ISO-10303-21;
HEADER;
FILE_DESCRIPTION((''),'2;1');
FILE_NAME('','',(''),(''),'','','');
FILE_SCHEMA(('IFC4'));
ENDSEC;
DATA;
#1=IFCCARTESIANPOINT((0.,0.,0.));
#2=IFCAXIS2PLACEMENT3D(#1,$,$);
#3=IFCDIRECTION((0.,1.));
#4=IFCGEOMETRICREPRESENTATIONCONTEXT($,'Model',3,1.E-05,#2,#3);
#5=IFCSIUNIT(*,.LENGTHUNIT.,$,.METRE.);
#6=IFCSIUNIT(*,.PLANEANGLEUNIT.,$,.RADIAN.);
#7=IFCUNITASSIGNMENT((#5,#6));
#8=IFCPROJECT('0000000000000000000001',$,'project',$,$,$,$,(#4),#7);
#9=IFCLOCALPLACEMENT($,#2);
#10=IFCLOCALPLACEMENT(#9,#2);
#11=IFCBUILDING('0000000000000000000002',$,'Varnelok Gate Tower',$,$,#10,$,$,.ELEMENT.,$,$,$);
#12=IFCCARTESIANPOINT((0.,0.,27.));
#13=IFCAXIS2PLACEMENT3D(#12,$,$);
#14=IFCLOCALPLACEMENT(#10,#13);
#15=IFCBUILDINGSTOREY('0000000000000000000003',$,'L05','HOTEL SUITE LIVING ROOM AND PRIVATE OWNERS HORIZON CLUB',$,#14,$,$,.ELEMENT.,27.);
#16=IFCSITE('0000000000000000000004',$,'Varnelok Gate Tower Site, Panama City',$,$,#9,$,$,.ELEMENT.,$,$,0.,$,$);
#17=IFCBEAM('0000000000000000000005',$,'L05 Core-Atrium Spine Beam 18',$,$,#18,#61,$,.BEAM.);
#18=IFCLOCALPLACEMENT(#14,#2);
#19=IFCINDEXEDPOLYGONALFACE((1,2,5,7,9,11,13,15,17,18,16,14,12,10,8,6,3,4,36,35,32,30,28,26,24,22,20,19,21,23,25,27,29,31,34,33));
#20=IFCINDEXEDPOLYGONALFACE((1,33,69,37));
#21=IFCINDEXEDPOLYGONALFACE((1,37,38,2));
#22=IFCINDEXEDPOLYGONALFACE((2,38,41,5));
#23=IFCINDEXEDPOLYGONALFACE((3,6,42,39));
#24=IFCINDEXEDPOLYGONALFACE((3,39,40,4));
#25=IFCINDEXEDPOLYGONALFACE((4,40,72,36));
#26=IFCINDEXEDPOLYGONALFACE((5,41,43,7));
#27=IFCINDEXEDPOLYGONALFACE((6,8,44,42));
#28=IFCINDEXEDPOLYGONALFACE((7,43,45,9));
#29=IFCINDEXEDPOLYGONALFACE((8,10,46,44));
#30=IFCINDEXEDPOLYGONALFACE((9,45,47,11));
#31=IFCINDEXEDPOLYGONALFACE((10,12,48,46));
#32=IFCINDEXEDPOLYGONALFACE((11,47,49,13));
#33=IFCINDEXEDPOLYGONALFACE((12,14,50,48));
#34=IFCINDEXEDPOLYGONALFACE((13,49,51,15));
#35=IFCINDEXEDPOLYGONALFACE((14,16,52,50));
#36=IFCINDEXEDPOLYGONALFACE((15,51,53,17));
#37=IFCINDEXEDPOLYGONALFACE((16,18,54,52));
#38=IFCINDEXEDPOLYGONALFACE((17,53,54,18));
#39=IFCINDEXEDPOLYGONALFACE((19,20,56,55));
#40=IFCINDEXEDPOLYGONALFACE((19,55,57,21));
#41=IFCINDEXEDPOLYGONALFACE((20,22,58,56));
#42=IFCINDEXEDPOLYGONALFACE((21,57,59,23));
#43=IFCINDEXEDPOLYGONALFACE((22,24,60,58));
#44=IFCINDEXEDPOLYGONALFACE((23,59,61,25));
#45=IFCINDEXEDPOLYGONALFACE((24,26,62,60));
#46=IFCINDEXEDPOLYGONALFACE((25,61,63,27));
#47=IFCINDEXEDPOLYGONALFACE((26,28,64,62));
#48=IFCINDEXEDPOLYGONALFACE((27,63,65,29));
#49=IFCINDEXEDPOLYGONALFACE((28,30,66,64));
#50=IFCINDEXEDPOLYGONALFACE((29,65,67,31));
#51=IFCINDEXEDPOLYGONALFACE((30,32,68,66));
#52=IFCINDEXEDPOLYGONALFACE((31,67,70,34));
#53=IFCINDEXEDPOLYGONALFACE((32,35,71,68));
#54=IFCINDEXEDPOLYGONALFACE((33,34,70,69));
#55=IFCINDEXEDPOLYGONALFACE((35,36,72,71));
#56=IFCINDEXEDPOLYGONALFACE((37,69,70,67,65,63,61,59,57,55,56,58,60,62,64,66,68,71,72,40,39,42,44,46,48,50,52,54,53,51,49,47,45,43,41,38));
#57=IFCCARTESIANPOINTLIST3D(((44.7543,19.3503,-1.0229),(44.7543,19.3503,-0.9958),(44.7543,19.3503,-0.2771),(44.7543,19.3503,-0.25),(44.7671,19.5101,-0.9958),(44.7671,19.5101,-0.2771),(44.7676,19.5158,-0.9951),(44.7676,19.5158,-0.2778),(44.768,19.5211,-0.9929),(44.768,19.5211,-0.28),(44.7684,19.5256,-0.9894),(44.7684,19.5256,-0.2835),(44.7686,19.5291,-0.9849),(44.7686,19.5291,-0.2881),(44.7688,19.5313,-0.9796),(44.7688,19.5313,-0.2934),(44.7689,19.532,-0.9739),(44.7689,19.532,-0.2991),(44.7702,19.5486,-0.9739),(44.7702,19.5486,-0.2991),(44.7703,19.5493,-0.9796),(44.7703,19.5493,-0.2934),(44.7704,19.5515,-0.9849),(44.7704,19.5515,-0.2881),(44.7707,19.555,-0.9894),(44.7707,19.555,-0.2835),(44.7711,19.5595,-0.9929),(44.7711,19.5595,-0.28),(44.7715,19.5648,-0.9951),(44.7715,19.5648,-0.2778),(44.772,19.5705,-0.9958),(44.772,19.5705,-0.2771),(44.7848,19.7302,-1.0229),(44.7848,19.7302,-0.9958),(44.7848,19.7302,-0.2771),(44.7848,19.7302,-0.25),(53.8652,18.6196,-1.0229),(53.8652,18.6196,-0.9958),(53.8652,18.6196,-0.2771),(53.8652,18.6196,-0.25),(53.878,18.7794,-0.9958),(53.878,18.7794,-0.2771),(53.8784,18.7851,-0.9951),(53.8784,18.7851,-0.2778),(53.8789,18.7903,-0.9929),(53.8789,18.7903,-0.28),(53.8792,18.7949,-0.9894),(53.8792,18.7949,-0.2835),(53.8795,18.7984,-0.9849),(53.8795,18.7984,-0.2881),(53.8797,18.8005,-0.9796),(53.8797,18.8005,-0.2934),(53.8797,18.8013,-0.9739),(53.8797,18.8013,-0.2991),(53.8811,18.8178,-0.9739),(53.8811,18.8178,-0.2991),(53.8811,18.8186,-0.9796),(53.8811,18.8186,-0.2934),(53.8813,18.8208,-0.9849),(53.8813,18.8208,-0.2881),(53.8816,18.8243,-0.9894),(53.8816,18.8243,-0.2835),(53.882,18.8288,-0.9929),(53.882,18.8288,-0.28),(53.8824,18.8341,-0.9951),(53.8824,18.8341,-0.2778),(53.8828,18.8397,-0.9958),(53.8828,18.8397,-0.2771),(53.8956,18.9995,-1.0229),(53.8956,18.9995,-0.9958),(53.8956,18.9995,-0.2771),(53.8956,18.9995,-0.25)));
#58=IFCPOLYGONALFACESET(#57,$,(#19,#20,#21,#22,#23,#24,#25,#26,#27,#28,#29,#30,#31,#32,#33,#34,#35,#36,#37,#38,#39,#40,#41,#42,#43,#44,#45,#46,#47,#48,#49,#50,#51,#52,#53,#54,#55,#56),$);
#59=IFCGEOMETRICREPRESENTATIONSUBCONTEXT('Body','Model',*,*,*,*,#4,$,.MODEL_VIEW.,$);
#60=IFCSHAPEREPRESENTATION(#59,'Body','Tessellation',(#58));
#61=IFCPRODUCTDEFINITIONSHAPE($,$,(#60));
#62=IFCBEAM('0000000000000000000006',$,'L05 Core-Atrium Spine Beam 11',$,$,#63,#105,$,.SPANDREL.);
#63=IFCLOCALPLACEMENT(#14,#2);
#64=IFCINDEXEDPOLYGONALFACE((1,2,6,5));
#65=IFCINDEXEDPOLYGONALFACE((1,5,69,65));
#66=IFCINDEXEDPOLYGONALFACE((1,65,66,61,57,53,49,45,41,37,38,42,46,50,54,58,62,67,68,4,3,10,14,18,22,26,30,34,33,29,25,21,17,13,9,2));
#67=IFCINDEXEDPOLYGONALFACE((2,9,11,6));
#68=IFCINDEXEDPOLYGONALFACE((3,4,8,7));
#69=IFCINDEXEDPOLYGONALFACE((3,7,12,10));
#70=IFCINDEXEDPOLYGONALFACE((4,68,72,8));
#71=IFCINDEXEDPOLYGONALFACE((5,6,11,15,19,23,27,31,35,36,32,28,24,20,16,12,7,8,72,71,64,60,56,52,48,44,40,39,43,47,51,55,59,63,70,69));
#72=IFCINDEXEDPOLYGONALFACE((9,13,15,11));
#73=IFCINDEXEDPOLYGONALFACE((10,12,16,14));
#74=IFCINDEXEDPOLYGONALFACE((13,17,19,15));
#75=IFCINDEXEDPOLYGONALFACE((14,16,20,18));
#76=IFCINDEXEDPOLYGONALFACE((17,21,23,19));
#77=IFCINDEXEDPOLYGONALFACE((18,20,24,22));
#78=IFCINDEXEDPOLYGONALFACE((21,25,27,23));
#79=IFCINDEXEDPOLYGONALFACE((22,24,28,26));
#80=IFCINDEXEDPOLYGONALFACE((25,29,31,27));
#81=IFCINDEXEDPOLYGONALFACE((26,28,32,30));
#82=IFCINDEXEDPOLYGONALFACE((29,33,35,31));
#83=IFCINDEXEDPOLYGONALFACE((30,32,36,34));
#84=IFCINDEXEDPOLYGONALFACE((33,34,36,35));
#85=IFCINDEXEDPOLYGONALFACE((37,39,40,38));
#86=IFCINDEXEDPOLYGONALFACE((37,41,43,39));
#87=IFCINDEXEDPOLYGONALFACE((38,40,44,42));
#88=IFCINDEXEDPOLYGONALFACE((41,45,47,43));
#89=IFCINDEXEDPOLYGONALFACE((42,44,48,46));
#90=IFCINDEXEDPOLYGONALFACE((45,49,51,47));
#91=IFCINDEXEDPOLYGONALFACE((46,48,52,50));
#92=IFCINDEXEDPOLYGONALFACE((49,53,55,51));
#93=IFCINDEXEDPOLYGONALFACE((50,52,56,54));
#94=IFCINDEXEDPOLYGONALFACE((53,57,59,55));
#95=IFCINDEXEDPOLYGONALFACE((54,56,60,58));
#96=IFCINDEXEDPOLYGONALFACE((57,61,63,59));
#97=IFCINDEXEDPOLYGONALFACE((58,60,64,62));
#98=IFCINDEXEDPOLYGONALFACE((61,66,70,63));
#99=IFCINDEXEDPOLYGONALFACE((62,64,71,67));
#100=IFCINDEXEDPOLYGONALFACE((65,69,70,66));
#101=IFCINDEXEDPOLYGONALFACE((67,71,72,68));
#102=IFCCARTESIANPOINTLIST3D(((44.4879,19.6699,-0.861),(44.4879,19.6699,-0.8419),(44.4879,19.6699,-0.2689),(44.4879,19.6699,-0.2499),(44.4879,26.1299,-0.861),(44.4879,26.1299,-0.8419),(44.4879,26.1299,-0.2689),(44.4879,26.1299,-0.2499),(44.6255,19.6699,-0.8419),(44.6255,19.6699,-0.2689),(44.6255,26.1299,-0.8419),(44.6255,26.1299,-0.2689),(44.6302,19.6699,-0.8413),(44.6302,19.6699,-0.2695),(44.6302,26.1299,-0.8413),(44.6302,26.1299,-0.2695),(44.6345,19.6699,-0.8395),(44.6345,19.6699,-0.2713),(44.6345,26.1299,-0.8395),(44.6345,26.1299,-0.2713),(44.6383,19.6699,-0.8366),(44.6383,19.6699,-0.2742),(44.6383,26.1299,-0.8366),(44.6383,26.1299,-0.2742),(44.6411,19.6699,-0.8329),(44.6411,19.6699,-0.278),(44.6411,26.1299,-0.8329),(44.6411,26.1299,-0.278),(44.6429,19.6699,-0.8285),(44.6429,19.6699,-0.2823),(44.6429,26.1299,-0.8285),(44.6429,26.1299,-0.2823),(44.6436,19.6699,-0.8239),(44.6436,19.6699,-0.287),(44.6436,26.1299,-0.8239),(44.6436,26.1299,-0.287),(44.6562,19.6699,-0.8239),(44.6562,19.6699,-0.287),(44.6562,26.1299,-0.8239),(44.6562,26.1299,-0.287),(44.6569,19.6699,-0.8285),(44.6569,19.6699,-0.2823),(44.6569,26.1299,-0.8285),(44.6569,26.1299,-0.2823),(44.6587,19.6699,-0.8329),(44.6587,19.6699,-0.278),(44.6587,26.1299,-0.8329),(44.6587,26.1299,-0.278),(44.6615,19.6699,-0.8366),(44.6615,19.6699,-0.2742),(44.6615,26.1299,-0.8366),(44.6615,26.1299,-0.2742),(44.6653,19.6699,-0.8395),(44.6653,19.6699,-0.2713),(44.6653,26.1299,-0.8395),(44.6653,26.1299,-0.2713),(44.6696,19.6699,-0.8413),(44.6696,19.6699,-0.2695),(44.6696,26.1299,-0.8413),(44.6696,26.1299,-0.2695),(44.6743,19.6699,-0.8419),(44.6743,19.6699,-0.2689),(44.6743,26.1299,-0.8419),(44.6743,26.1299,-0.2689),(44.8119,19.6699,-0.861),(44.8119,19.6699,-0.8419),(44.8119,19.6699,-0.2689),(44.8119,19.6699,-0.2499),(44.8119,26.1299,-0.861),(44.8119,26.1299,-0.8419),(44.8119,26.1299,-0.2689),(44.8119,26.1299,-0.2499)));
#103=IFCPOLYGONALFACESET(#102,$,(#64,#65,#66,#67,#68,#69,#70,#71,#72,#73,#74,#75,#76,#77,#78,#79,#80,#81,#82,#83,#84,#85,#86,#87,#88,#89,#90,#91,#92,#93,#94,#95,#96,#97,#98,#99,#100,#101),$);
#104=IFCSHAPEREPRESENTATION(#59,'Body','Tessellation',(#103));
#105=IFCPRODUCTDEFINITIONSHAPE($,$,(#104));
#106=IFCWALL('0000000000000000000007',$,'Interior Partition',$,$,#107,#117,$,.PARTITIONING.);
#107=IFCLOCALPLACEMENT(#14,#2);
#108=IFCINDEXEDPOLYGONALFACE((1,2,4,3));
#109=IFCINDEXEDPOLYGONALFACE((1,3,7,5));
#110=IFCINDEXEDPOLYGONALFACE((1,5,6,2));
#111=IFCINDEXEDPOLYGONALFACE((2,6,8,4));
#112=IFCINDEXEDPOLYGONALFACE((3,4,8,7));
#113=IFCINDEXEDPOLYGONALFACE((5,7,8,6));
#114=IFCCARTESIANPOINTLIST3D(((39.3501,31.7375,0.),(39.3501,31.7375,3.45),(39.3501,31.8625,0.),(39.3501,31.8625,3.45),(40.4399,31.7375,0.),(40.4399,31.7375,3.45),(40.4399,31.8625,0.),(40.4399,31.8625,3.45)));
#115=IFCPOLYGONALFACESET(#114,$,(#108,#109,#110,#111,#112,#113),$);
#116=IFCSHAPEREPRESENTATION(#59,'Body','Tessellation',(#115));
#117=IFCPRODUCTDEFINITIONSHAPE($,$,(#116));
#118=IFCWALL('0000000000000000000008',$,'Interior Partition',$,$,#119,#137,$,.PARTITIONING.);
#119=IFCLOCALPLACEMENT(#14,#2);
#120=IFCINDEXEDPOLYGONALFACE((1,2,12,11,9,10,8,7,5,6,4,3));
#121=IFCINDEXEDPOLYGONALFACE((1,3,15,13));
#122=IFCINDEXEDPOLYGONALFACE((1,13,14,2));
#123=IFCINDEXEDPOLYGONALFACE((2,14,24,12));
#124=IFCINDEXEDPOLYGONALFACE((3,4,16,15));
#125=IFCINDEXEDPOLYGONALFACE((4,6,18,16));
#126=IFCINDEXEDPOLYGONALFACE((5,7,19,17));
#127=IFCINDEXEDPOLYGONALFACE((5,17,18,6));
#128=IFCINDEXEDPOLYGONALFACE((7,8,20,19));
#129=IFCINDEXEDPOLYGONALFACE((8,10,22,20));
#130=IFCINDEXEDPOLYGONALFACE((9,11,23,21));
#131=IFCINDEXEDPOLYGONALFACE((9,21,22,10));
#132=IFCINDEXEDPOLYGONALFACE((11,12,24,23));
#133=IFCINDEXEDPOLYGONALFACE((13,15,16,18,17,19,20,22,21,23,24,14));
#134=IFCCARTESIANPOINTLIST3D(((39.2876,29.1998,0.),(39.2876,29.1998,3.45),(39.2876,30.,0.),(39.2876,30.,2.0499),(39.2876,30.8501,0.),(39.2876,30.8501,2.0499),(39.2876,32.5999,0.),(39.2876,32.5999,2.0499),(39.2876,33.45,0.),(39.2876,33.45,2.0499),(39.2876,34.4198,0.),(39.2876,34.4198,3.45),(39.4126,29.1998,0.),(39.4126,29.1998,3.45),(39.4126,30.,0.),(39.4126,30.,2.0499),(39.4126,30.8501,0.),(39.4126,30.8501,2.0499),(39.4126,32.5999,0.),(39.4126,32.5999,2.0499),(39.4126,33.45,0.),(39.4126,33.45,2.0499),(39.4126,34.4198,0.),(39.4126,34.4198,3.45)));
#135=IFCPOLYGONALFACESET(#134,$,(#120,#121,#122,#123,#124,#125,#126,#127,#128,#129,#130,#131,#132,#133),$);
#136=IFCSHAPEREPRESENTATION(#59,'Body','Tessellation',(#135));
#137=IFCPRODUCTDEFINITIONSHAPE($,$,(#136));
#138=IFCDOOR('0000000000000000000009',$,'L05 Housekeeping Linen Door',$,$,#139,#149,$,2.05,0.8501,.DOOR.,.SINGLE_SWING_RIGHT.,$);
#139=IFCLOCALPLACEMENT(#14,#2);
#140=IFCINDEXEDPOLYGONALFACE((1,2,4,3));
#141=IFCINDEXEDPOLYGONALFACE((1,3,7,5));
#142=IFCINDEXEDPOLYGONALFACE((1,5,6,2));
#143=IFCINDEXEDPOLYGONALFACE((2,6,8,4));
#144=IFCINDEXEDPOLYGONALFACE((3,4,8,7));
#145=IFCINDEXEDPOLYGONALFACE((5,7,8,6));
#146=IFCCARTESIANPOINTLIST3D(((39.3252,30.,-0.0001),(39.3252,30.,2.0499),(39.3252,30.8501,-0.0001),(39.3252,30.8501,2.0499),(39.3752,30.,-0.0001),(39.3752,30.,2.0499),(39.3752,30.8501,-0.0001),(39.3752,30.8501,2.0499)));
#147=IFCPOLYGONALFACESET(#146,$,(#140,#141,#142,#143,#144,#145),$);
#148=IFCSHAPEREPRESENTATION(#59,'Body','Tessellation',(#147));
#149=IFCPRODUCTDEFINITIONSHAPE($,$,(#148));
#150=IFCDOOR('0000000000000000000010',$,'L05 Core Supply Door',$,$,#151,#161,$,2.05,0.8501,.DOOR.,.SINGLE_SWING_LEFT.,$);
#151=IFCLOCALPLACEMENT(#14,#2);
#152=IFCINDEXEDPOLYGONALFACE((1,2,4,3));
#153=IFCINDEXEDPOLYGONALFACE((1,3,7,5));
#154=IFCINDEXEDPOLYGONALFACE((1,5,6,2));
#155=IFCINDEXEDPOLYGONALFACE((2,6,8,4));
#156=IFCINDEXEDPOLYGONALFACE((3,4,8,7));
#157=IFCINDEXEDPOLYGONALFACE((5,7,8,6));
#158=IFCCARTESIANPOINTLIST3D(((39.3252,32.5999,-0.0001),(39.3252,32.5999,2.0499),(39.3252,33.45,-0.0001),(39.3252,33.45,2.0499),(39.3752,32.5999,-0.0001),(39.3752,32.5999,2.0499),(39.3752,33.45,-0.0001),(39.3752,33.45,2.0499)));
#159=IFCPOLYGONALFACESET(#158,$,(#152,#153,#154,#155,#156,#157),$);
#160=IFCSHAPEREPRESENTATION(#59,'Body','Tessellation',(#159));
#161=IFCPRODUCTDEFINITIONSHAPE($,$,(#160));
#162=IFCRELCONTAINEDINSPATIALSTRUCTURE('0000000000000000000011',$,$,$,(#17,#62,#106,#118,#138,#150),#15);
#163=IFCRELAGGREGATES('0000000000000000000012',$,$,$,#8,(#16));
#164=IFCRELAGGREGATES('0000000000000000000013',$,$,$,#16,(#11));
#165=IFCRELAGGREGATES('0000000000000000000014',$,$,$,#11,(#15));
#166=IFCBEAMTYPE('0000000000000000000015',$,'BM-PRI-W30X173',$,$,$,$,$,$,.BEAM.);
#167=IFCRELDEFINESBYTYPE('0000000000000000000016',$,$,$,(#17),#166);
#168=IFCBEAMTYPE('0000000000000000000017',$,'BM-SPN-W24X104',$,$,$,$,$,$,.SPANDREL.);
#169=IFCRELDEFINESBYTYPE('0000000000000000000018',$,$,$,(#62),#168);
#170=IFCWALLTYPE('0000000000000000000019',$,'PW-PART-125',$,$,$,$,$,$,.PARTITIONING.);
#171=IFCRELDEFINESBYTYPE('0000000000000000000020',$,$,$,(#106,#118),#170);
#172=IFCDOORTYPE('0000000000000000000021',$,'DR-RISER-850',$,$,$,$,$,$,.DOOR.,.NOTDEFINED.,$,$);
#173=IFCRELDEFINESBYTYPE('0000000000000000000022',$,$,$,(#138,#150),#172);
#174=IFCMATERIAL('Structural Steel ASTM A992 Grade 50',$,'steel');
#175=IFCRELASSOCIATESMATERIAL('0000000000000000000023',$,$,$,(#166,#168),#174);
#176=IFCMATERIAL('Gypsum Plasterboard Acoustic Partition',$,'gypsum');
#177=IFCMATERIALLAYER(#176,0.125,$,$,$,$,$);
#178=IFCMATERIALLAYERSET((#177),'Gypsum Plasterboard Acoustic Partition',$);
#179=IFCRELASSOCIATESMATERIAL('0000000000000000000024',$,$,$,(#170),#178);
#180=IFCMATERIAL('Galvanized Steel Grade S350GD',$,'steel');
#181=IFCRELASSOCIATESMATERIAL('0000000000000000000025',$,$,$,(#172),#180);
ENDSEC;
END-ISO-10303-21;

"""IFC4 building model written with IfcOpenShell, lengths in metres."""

from ifc_helpers import new_model, si_unit, direction, frame, frame_2d, origin, origin_2d, place, context, subcontext, project, spatial, rectangle, i_section, extrude, material, layer, layer_set, material_profile, profile_set, type_object, element, fill, save


model = new_model("IFC4")

# Units and contexts
model_context = context("Model", 3, precision=1e-05, world=origin(), true_north=direction((0.0, 1.0)))
body_context = subcontext(model_context, "Body", "Model", "MODEL_VIEW")
ifc_project = project(units=[si_unit("LENGTHUNIT", "METRE"), si_unit("PLANEANGLEUNIT", "RADIAN")], contexts=[model_context])

# Site, building, storey
site_placement = place(None, origin())
site = spatial("IfcSite", under=ifc_project, at=site_placement, Name="Varnelok Gate Tower Site, Panama City", CompositionType="ELEMENT", RefElevation=0.0)
building_placement = place(site_placement, origin())
building = spatial("IfcBuilding", under=site, at=building_placement, Name="Varnelok Gate Tower", CompositionType="ELEMENT")
storey_placement = place(building_placement, frame((0.0, 0.0, 27.0)))
storey = spatial("IfcBuildingStorey", under=building, at=storey_placement, Name="L05", Description="HOTEL SUITE LIVING ROOM AND PRIVATE OWNERS HORIZON CLUB", CompositionType="ELEMENT", Elevation=27.0)

# Shared definitions
ifc_material_1 = material(Name="Structural Steel ASTM A992 Grade 50", Category="steel")

# Beams
ifc_material_profile_1 = material_profile(ifc_material_1, i_section(OverallWidth=0.3811, OverallDepth=0.7729, WebThickness=0.0166, FlangeThickness=0.0271, FilletRadius=0.022, at=origin_2d()), Name="W30X173")
ifc_profile_set_1 = profile_set([ifc_material_profile_1], Name="Structural Steel ASTM A992 Grade 50")
beam_type_1 = type_object("IfcBeamType", Name="BM-PRI-W30X173", PredefinedType="BEAM", material=ifc_profile_set_1)
beam_1_placement = place(storey_placement, frame((44.7695, 19.5403, -0.6365), z_axis=(0.996799, -0.079946, 0.0), x_axis=(0.079946, 0.996799, 0.0)))
element("IfcBeam", 1, at=beam_1_placement, inside=storey, type_object=beam_type_1, Name="L05 Core-Atrium Spine Beam 18", PredefinedType="BEAM", context=body_context, shape_type="SweptSolid", body=[
    extrude(i_section(OverallWidth=0.3811, OverallDepth=0.7729, WebThickness=0.0166, FlangeThickness=0.0271, FilletRadius=0.022, at=origin_2d()), origin(), (0.0, 0.0, 1.0), 9.1401),
])
ifc_material_profile_2 = material_profile(ifc_material_1, i_section(OverallWidth=0.324, OverallDepth=0.6111, WebThickness=0.0127, FlangeThickness=0.019, FilletRadius=0.0181, at=origin_2d()), Name="W24X104")
ifc_profile_set_2 = profile_set([ifc_material_profile_2], Name="Structural Steel ASTM A992 Grade 50")
beam_type_2 = type_object("IfcBeamType", Name="BM-SPN-W24X104", PredefinedType="SPANDREL", material=ifc_profile_set_2)
beam_2_placement = place(storey_placement, frame((44.6499, 19.6699, -0.5554), z_axis=(0.0, 1.0, 0.0), x_axis=(-1.0, 0.0, 0.0)))
element("IfcBeam", 2, at=beam_2_placement, inside=storey, type_object=beam_type_2, Name="L05 Core-Atrium Spine Beam 11", PredefinedType="SPANDREL", context=body_context, shape_type="SweptSolid", body=[
    extrude(i_section(OverallWidth=0.324, OverallDepth=0.6111, WebThickness=0.0127, FlangeThickness=0.019, FilletRadius=0.0181, at=origin_2d()), origin(), (0.0, 0.0, 1.0), 6.46),
])

# Wall
ifc_material_2 = material(Name="Gypsum Plasterboard Acoustic Partition", Category="gypsum")
ifc_layer_1 = layer(ifc_material_2, 0.125)
ifc_layer_set_1 = layer_set([ifc_layer_1], Name="Gypsum Plasterboard Acoustic Partition")
wall_type_1 = type_object("IfcWallType", Name="PW-PART-125", PredefinedType="PARTITIONING", material=ifc_layer_set_1)
wall_1_placement = place(storey_placement, frame((39.3501, 31.8, 0.0), z_axis=(0.0, 0.0, 1.0), x_axis=(1.0, 0.0, 0.0)))
element("IfcWall", 3, at=wall_1_placement, inside=storey, type_object=wall_type_1, Name="Interior Partition", PredefinedType="PARTITIONING", context=body_context, shape_type="SweptSolid", body=[
    extrude(rectangle(XDim=1.0898, YDim=0.125, at=frame_2d((0.5449, 0.0))), origin(), (0.0, 0.0, 1.0), 3.45),
])

# Wall, openings, doors
wall_2_placement = place(storey_placement, frame((39.3501, 29.2, 0.0), z_axis=(0.0, 0.0, 1.0), x_axis=(0.0, 1.0, 0.0)))
wall_2 = element("IfcWall", 4, at=wall_2_placement, inside=storey, type_object=wall_type_1, Name="Interior Partition", PredefinedType="PARTITIONING", context=body_context, shape_type="SweptSolid", body=[
    extrude(rectangle(XDim=5.22, YDim=0.125, at=frame_2d((2.6099, 0.0))), origin(), (0.0, 0.0, 1.0), 3.45),
])
opening_1_placement = place(wall_2_placement, frame((0.8, 0.0, 0.0)))
opening_1 = element("IfcOpeningElement", 5, at=opening_1_placement, cuts=wall_2, PredefinedType="OPENING", context=body_context, shape_type="SweptSolid", body=[
    extrude(rectangle(XDim=0.8501, YDim=2.05, at=frame_2d((0.425, 1.0249))), frame((0.0, 0.0725, 0.0), z_axis=(0.0, -1.0, 0.0), x_axis=(1.0, 0.0, 0.0)), (0.0, 0.0, 1.0), 0.145),
])
opening_2_placement = place(wall_2_placement, frame((3.3999, 0.0, 0.0)))
opening_2 = element("IfcOpeningElement", 6, at=opening_2_placement, cuts=wall_2, PredefinedType="OPENING", context=body_context, shape_type="SweptSolid", body=[
    extrude(rectangle(XDim=0.8501, YDim=2.05, at=frame_2d((0.425, 1.0249))), frame((0.0, 0.0725, 0.0), z_axis=(0.0, -1.0, 0.0), x_axis=(1.0, 0.0, 0.0)), (0.0, 0.0, 1.0), 0.145),
])
ifc_material_3 = material(Name="Galvanized Steel Grade S350GD", Category="steel")
door_type_1 = type_object("IfcDoorType", Name="DR-RISER-850", OperationType="NOTDEFINED", PredefinedType="DOOR", material=ifc_material_3)
door_1_placement = place(opening_1_placement, origin())
door_1 = element("IfcDoor", 7, at=door_1_placement, inside=storey, type_object=door_type_1, Name="L05 Housekeeping Linen Door", OperationType="SINGLE_SWING_RIGHT", OverallHeight=2.05, OverallWidth=0.8501, PredefinedType="DOOR", context=body_context, shape_type="SweptSolid", body=[
    extrude(rectangle(XDim=0.8501, YDim=2.05, at=frame_2d((0.425, 1.0249))), frame((0.0, 0.0249, 0.0), z_axis=(0.0, -1.0, 0.0), x_axis=(1.0, 0.0, 0.0)), (0.0, 0.0, 1.0), 0.05),
])
fill(opening_1, door_1)
door_2_placement = place(opening_2_placement, origin())
door_2 = element("IfcDoor", 8, at=door_2_placement, inside=storey, type_object=door_type_1, Name="L05 Core Supply Door", OperationType="SINGLE_SWING_LEFT", OverallHeight=2.05, OverallWidth=0.8501, PredefinedType="DOOR", context=body_context, shape_type="SweptSolid", body=[
    extrude(rectangle(XDim=0.8501, YDim=2.05, at=frame_2d((0.425, 1.0249))), frame((0.0, 0.0249, 0.0), z_axis=(0.0, -1.0, 0.0), x_axis=(1.0, 0.0, 0.0)), (0.0, 0.0, 1.0), 0.05),
])
fill(opening_2, door_2)

save(model, "model.ifc")
